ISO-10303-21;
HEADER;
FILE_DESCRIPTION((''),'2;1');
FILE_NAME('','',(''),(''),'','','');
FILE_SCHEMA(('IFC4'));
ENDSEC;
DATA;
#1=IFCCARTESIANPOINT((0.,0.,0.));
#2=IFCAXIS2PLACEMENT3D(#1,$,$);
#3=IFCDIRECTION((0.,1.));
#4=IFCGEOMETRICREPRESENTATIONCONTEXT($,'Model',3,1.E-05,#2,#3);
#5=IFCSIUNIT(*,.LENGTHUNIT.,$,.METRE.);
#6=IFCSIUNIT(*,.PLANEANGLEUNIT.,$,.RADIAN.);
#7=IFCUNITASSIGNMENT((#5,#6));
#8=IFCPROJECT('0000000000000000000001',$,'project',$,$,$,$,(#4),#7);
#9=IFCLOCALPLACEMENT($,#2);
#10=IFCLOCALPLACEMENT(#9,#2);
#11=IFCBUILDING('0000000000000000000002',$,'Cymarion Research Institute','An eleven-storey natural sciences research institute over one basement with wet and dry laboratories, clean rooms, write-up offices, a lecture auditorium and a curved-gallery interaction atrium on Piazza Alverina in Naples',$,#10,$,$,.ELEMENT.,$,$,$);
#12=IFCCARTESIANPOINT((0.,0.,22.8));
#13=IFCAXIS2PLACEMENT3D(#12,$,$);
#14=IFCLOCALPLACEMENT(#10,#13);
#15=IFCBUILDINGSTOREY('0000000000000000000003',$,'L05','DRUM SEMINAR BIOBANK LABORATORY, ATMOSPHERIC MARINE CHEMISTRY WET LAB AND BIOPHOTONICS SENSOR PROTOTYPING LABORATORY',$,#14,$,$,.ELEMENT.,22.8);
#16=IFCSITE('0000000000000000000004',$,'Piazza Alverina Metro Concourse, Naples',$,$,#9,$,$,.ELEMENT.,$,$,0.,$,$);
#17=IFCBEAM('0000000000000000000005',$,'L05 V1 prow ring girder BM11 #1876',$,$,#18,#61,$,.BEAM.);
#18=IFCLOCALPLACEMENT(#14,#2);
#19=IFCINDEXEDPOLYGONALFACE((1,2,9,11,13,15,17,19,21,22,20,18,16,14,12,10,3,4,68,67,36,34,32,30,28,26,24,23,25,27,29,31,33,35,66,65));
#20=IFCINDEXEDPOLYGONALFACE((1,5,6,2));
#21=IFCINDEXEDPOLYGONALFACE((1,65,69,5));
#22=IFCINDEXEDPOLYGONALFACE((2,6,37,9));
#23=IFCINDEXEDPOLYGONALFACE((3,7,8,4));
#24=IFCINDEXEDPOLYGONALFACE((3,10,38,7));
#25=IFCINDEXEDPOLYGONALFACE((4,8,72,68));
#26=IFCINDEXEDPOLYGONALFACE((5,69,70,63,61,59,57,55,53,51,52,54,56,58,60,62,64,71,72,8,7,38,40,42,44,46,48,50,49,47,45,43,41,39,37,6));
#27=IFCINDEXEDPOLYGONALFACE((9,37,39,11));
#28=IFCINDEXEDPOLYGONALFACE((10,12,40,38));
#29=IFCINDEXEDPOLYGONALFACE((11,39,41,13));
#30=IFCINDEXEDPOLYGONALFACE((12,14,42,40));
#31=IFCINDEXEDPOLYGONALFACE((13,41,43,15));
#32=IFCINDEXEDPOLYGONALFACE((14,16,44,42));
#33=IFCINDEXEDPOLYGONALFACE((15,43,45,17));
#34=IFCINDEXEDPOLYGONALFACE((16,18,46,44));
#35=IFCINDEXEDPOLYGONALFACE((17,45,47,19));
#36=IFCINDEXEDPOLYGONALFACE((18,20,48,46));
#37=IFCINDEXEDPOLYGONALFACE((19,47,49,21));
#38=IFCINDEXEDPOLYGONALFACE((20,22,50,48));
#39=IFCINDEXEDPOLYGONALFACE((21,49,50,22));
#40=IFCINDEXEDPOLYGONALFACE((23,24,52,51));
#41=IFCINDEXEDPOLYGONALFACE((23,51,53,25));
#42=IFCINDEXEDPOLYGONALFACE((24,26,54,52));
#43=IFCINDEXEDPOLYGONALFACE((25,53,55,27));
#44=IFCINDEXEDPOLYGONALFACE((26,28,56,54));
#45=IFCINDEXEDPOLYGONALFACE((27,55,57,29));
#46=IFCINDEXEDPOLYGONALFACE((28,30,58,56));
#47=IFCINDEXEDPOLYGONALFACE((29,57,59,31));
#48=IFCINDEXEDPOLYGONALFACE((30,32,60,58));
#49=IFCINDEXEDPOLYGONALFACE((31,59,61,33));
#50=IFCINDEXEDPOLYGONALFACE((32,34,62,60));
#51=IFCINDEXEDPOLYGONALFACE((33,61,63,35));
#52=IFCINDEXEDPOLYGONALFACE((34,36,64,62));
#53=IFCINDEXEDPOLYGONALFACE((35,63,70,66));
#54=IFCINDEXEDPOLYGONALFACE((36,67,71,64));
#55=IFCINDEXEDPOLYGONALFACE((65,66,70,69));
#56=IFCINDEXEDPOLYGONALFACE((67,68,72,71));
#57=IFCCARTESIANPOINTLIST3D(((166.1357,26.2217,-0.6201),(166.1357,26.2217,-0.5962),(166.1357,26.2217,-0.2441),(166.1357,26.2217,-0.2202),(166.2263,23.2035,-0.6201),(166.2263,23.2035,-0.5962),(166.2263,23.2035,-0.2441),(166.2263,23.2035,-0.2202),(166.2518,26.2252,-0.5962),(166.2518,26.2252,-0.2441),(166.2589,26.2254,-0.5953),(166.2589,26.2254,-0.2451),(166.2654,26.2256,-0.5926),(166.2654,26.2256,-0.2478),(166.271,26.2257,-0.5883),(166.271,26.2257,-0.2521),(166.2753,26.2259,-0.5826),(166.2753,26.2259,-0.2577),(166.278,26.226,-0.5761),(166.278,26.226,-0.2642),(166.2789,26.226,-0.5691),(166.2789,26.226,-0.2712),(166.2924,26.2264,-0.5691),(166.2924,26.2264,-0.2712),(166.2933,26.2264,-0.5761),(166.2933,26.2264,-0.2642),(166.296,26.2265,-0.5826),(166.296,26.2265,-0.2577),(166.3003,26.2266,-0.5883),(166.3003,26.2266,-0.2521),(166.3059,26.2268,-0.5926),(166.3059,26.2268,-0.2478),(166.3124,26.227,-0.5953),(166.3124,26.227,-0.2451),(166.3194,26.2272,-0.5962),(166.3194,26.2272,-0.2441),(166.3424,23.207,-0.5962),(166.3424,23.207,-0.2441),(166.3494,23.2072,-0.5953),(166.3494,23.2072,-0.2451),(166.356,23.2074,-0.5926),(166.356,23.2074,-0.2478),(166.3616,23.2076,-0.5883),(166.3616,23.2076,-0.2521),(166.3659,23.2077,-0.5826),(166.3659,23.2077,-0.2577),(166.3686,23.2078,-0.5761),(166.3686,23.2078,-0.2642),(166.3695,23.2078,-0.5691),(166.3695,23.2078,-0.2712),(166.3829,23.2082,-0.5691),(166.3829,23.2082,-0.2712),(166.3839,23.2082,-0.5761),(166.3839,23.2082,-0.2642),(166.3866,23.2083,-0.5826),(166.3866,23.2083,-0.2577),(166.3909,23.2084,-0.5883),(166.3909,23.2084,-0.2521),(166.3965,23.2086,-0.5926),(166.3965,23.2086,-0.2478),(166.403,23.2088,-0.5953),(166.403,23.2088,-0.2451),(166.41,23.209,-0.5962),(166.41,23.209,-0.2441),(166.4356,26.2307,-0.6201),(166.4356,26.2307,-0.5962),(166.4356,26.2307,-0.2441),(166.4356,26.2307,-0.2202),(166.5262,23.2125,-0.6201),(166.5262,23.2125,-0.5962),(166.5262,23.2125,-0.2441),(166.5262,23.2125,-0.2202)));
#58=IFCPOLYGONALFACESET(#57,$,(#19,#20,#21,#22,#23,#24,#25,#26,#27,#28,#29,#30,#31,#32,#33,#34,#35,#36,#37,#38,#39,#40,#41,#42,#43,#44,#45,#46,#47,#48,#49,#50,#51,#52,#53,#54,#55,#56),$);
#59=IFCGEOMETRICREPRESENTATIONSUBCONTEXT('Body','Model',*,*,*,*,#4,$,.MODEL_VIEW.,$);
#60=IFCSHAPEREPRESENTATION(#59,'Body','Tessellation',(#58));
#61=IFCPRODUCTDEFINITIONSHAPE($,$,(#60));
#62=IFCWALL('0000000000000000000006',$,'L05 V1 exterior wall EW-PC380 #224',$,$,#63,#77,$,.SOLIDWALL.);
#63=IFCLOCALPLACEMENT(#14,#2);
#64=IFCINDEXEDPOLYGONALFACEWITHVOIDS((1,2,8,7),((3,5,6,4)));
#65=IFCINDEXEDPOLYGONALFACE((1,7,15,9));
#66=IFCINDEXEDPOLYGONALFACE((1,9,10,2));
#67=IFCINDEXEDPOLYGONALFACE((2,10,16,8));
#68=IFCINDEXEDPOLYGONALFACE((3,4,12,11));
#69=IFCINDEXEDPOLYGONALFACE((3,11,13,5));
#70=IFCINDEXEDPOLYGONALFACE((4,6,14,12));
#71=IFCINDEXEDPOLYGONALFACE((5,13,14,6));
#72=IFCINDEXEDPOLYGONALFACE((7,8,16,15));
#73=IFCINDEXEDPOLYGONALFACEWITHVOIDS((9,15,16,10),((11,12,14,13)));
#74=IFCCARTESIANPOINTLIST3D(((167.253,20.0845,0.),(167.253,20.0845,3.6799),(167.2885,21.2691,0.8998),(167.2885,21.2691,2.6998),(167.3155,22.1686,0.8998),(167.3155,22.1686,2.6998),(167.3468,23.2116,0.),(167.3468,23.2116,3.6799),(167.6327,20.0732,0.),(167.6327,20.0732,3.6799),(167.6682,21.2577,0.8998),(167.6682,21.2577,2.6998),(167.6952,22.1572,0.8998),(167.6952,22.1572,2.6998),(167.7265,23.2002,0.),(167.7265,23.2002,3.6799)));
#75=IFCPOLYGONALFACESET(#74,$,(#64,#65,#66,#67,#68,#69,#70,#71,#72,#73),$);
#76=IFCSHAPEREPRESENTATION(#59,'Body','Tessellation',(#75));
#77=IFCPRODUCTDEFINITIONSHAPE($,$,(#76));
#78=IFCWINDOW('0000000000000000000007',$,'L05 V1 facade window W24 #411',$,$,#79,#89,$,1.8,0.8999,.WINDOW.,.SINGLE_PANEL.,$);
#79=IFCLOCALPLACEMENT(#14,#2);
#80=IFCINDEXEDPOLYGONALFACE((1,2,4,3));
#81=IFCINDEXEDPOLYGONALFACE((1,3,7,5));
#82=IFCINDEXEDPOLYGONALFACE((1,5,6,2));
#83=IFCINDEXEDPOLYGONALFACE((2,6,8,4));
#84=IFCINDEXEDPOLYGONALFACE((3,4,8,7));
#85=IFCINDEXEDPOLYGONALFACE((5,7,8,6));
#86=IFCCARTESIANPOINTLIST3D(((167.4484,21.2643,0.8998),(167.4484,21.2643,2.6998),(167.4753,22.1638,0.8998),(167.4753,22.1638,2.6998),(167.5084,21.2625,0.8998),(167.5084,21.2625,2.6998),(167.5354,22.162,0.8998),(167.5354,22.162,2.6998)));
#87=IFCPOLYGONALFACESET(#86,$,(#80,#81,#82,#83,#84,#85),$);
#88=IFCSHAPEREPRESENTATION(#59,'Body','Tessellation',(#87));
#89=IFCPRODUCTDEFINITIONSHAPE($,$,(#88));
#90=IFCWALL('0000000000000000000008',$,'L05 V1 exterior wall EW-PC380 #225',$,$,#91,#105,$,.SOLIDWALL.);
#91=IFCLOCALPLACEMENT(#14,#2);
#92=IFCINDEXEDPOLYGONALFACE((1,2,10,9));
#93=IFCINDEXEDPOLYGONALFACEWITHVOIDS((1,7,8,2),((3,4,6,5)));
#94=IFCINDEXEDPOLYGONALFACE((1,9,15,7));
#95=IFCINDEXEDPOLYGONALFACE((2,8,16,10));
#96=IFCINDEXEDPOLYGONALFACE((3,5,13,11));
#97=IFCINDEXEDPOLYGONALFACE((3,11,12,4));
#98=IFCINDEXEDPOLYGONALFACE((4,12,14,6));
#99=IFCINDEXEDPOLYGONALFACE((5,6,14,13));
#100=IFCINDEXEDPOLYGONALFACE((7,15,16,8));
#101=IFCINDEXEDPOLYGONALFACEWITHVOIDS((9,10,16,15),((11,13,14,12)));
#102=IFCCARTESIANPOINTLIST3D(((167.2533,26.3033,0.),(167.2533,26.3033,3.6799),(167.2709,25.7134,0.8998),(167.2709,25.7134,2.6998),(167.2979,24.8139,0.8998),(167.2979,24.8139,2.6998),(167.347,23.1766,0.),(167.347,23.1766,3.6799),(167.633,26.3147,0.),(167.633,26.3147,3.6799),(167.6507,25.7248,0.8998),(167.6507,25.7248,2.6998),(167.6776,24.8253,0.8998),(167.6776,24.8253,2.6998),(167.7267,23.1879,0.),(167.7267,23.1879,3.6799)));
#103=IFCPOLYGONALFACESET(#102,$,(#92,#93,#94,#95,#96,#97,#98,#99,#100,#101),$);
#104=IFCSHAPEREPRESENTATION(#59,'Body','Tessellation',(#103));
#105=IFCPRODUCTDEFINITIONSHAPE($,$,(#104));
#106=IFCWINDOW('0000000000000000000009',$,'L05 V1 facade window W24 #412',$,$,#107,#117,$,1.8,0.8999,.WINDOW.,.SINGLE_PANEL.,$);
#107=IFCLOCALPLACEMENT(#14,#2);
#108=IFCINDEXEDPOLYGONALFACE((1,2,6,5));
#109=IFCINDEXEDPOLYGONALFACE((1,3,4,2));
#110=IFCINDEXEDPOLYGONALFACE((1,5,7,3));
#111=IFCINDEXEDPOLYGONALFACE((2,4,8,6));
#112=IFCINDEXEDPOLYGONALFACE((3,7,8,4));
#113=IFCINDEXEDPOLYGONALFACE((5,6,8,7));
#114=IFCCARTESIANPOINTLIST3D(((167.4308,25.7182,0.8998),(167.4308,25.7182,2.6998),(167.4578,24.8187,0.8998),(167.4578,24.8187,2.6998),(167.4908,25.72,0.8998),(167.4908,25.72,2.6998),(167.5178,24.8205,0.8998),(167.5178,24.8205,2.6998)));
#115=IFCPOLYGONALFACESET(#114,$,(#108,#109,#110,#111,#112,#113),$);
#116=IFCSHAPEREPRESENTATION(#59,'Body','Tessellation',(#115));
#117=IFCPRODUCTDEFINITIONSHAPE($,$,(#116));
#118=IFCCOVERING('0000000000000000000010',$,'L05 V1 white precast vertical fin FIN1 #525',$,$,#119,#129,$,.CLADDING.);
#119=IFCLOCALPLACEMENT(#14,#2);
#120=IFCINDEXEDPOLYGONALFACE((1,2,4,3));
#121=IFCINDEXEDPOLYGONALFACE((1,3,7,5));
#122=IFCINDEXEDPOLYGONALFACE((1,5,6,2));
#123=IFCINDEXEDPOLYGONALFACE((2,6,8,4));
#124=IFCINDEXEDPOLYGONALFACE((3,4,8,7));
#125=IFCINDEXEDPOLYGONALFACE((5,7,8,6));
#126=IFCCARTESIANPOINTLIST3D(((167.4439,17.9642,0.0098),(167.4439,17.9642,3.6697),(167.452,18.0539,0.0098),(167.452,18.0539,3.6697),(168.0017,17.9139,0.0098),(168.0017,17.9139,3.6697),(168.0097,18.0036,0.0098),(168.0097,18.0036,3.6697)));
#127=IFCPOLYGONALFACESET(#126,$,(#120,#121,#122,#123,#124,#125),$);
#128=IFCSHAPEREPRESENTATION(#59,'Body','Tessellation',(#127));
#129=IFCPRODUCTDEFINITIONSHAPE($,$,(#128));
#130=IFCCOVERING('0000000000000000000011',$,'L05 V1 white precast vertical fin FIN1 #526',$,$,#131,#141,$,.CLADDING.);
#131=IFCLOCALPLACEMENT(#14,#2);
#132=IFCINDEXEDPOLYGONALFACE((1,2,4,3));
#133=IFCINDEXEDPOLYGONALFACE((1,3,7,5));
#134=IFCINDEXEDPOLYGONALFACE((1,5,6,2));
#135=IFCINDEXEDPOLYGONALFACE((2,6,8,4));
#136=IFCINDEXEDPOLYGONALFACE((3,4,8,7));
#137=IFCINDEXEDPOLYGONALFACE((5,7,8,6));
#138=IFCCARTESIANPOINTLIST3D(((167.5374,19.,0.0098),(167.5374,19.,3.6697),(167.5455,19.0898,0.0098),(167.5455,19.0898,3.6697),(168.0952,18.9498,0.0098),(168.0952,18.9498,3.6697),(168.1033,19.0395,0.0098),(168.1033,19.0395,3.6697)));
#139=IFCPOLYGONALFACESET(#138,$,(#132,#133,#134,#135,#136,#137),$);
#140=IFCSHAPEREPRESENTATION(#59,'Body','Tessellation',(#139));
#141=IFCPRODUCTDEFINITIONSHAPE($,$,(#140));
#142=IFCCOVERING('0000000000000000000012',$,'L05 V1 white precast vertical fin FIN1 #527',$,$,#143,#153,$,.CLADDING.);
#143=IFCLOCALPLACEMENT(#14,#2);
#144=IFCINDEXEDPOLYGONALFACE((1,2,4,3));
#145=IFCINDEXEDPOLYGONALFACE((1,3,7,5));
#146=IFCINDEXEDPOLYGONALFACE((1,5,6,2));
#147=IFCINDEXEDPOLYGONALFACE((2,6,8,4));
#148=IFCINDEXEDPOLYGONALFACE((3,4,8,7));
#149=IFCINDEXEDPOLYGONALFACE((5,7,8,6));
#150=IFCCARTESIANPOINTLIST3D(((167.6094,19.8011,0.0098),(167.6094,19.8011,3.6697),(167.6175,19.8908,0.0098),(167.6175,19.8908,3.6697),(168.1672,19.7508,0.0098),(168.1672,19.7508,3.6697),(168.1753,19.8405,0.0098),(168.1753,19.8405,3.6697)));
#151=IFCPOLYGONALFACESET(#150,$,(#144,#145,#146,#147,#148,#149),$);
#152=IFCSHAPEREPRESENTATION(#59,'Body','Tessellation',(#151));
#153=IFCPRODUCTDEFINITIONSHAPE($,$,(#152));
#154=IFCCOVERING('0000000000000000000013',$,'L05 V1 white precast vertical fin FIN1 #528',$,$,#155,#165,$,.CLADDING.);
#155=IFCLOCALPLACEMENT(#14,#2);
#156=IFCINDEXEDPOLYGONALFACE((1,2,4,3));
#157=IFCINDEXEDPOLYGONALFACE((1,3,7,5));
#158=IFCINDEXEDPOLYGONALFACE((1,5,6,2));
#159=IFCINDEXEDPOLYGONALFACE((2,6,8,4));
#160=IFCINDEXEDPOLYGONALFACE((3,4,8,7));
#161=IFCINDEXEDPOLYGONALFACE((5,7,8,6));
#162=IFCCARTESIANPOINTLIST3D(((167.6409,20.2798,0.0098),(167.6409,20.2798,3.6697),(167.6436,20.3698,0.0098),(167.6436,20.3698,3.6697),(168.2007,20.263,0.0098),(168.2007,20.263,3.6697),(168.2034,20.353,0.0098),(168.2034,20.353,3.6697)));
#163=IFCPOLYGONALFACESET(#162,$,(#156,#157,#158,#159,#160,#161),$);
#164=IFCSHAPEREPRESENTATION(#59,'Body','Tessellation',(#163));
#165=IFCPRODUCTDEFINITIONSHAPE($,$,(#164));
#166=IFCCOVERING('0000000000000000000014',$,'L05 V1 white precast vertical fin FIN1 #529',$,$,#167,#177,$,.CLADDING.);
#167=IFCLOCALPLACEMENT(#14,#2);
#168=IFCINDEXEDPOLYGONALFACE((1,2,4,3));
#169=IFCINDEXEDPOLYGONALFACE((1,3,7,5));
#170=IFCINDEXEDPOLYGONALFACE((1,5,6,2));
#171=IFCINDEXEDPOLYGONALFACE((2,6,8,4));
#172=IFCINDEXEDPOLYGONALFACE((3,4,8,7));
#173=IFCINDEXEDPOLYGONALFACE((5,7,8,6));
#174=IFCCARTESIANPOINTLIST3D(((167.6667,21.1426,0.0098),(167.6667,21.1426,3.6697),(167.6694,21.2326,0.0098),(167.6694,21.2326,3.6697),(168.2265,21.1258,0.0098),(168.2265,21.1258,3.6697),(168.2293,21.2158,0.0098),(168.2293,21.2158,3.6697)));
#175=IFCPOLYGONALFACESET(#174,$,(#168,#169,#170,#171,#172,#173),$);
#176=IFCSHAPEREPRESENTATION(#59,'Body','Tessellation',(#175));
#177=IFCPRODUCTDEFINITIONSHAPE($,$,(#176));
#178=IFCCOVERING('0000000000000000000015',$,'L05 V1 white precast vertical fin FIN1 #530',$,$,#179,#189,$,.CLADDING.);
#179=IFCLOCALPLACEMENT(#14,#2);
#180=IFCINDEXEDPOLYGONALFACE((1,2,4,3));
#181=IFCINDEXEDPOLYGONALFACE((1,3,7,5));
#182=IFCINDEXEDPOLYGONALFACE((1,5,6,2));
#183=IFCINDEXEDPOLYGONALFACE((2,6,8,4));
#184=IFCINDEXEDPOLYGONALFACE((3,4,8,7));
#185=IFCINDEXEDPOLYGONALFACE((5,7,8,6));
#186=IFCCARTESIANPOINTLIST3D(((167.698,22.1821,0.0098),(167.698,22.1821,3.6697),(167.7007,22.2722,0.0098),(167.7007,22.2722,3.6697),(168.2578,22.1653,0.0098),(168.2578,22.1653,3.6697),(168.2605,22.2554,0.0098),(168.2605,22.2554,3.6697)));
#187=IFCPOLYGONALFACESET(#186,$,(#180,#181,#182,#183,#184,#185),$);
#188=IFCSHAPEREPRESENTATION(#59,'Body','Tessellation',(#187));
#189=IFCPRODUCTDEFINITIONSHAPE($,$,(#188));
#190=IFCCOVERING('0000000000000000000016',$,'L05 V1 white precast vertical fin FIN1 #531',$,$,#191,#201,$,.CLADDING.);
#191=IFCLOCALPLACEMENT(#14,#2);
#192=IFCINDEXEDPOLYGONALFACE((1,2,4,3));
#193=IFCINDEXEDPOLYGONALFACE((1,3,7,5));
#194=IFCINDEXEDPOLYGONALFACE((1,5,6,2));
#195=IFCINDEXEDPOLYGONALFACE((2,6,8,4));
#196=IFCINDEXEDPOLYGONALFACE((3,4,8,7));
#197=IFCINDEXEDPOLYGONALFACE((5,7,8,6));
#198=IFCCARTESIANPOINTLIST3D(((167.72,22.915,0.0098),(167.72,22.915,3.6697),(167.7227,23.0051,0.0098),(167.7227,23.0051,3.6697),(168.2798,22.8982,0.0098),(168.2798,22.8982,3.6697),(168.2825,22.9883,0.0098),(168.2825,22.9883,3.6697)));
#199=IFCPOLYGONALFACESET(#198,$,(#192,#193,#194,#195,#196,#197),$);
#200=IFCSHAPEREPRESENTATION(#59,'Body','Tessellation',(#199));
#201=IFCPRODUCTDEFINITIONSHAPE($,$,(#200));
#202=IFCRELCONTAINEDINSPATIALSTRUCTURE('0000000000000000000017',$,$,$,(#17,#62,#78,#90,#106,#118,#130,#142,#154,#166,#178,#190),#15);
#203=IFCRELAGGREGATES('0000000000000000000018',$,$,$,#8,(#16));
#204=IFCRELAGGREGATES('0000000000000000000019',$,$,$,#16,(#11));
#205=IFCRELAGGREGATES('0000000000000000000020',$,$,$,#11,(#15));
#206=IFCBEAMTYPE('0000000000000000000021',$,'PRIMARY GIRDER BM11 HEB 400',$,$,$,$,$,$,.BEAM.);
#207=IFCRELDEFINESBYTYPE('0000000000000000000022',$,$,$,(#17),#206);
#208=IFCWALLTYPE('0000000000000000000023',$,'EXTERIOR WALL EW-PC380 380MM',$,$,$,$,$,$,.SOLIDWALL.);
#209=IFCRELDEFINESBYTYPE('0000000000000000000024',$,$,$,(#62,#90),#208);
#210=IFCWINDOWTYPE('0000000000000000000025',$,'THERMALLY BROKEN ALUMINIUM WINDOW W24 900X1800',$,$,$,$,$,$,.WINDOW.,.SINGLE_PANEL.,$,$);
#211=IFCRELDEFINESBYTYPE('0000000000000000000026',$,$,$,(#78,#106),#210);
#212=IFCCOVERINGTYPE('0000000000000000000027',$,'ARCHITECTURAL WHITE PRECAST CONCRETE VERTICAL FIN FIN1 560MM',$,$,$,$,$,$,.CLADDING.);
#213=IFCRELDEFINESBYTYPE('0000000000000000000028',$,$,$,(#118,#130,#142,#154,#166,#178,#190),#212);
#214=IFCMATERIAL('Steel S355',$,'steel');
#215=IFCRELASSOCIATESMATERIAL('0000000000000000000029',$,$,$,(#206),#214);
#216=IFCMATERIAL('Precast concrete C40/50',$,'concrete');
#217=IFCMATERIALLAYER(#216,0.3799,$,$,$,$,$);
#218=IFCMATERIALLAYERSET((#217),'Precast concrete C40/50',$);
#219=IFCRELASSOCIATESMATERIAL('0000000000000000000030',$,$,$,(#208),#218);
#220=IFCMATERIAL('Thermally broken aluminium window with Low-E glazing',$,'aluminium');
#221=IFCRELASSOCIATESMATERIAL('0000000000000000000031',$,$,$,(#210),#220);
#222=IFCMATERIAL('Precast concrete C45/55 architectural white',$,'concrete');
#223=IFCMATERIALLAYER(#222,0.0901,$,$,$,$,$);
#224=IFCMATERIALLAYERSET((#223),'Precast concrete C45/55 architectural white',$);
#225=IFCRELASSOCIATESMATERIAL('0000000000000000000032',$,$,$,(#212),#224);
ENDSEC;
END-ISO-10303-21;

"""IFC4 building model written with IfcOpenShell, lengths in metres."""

from ifc_helpers import new_model, si_unit, direction, frame, frame_2d, origin, origin_2d, place, context, subcontext, project, spatial, rectangle, i_section, extrude, material, layer, layer_set, material_profile, profile_set, type_object, element, fill, save


model = new_model("IFC4")

# Units and contexts
model_context = context("Model", 3, precision=1e-05, world=origin(), true_north=direction((0.0, 1.0)))
body_context = subcontext(model_context, "Body", "Model", "MODEL_VIEW")
ifc_project = project(units=[si_unit("LENGTHUNIT", "METRE"), si_unit("PLANEANGLEUNIT", "RADIAN")], contexts=[model_context])

# Site, building, storey
site_placement = place(None, origin())
site = spatial("IfcSite", under=ifc_project, at=site_placement, Name="Piazza Alverina Metro Concourse, Naples", CompositionType="ELEMENT", RefElevation=0.0)
building_placement = place(site_placement, origin())
building = spatial("IfcBuilding", under=site, at=building_placement, Name="Cymarion Research Institute", Description="An eleven-storey natural sciences research institute over one basement with wet and dry laboratories, clean rooms, write-up offices, a lecture auditorium and a curved-gallery interaction atrium on Piazza Alverina in Naples", CompositionType="ELEMENT")
storey_placement = place(building_placement, frame((0.0, 0.0, 22.8)))
storey = spatial("IfcBuildingStorey", under=building, at=storey_placement, Name="L05", Description="DRUM SEMINAR BIOBANK LABORATORY, ATMOSPHERIC MARINE CHEMISTRY WET LAB AND BIOPHOTONICS SENSOR PROTOTYPING LABORATORY", CompositionType="ELEMENT", Elevation=22.8)

# Shared definitions
ifc_material_1 = material(Name="Steel S355", Category="steel")

# Beam
ifc_material_profile_1 = material_profile(ifc_material_1, i_section(OverallWidth=0.3, OverallDepth=0.3999, WebThickness=0.0134, FlangeThickness=0.0239, FilletRadius=0.0271, at=origin_2d()), Name="HEB 400")
ifc_profile_set_1 = profile_set([ifc_material_profile_1], Name="Steel S355")
beam_type = type_object("IfcBeamType", Name="PRIMARY GIRDER BM11 HEB 400", PredefinedType="BEAM", material=ifc_profile_set_1)
beam_1_placement = place(storey_placement, frame((166.3762, 23.208, -0.4202), z_axis=(-0.029998, 0.99955, 0.0), x_axis=(-0.99955, -0.029998, 0.0)))
element("IfcBeam", 1, at=beam_1_placement, inside=storey, type_object=beam_type, Name="L05 V1 prow ring girder BM11 #1876", PredefinedType="BEAM", context=body_context, shape_type="SweptSolid", body=[
    extrude(i_section(OverallWidth=0.3, OverallDepth=0.3999, WebThickness=0.0134, FlangeThickness=0.0239, FilletRadius=0.0271, at=origin_2d()), origin(), (0.0, 0.0, 1.0), 3.0195),
])

# Walls, openings, windows
ifc_material_2 = material(Name="Precast concrete C40/50", Category="concrete")
ifc_layer_1 = layer(ifc_material_2, 0.3799)
ifc_layer_set_1 = layer_set([ifc_layer_1], Name="Precast concrete C40/50")
wall_type = type_object("IfcWallType", Name="EXTERIOR WALL EW-PC380 380MM", PredefinedType="SOLIDWALL", material=ifc_layer_set_1)
wall_1_placement = place(storey_placement, frame((167.4429, 20.0789, 0.0), z_axis=(0.0, 0.0, 1.0), x_axis=(0.029968, 0.999551, 0.0)))
wall_1 = element("IfcWall", 2, at=wall_1_placement, inside=storey, type_object=wall_type, Name="L05 V1 exterior wall EW-PC380 #224", PredefinedType="SOLIDWALL", context=body_context, shape_type="SweptSolid", body=[
    extrude(rectangle(XDim=3.1284, YDim=0.3799, at=frame_2d((1.5642, 0.0))), origin(), (0.0, 0.0, 1.0), 3.6799),
])
opening_1_placement = place(wall_1_placement, frame((1.1851, 0.0, 0.8999)))
opening_1 = element("IfcOpeningElement", 3, at=opening_1_placement, cuts=wall_1, PredefinedType="OPENING", context=body_context, shape_type="SweptSolid", body=[
    extrude(rectangle(XDim=0.8999, YDim=1.8, at=frame_2d((0.45, 0.8999))), frame((0.0, 0.2, 0.0), z_axis=(0.0, -1.0, 0.0), x_axis=(1.0, 0.0, 0.0)), (0.0, 0.0, 1.0), 0.3999),
])
ifc_material_3 = material(Name="Thermally broken aluminium window with Low-E glazing", Category="aluminium")
window_type = type_object("IfcWindowType", Name="THERMALLY BROKEN ALUMINIUM WINDOW W24 900X1800", PartitioningType="SINGLE_PANEL", PredefinedType="WINDOW", material=ifc_material_3)
window_1_placement = place(opening_1_placement, origin())
window_1 = element("IfcWindow", 4, at=window_1_placement, inside=storey, type_object=window_type, Name="L05 V1 facade window W24 #411", OverallHeight=1.8, OverallWidth=0.8999, PartitioningType="SINGLE_PANEL", PredefinedType="WINDOW", context=body_context, shape_type="SweptSolid", body=[
    extrude(rectangle(XDim=0.8999, YDim=1.8, at=frame_2d((0.45, 0.8999))), frame((0.0, 0.03, 0.0), z_axis=(0.0, -1.0, 0.0), x_axis=(1.0, 0.0, 0.0)), (0.0, 0.0, 1.0), 0.0601),
])
fill(opening_1, window_1)
wall_2_placement = place(storey_placement, frame((167.5369, 23.1824, 0.0), z_axis=(0.0, 0.0, 1.0), x_axis=(-0.02997, 0.999551, 0.0)))
wall_2 = element("IfcWall", 5, at=wall_2_placement, inside=storey, type_object=wall_type, Name="L05 V1 exterior wall EW-PC380 #225", PredefinedType="SOLIDWALL", context=body_context, shape_type="SweptSolid", body=[
    extrude(rectangle(XDim=3.1282, YDim=0.3799, at=frame_2d((1.564, 0.0))), origin(), (0.0, 0.0, 1.0), 3.6799),
])
opening_2_placement = place(wall_2_placement, frame((1.6379, 0.0, 0.8999)))
opening_2 = element("IfcOpeningElement", 6, at=opening_2_placement, cuts=wall_2, PredefinedType="OPENING", context=body_context, shape_type="SweptSolid", body=[
    extrude(rectangle(XDim=0.8999, YDim=1.8, at=frame_2d((0.45, 0.8999))), frame((0.0, 0.2, 0.0), z_axis=(0.0, -1.0, 0.0), x_axis=(1.0, 0.0, 0.0)), (0.0, 0.0, 1.0), 0.3999),
])
window_2_placement = place(opening_2_placement, origin())
window_2 = element("IfcWindow", 7, at=window_2_placement, inside=storey, type_object=window_type, Name="L05 V1 facade window W24 #412", OverallHeight=1.8, OverallWidth=0.8999, PartitioningType="SINGLE_PANEL", PredefinedType="WINDOW", context=body_context, shape_type="SweptSolid", body=[
    extrude(rectangle(XDim=0.8999, YDim=1.8, at=frame_2d((0.45, 0.8999))), frame((0.0, 0.03, 0.0), z_axis=(0.0, -1.0, 0.0), x_axis=(1.0, 0.0, 0.0)), (0.0, 0.0, 1.0), 0.0601),
])
fill(opening_2, window_2)

# Coverings
ifc_material_4 = material(Name="Precast concrete C45/55 architectural white", Category="concrete")
ifc_layer_2 = layer(ifc_material_4, 0.0901)
ifc_layer_set_2 = layer_set([ifc_layer_2], Name="Precast concrete C45/55 architectural white")
covering_type = type_object("IfcCoveringType", Name="ARCHITECTURAL WHITE PRECAST CONCRETE VERTICAL FIN FIN1 560MM", PredefinedType="CLADDING", material=ifc_layer_set_2)
for number, where, z_axis, x_axis, name in (
    (8, (167.7268, 17.9839, 0.0098), (0.0, 0.0, 1.0), (0.995963, -0.089763, 0.0), "L05 V1 white precast vertical fin FIN1 #525"),
    (9, (167.8203, 19.0198, 0.0098), (0.0, 0.0, 1.0), (0.995963, -0.089763, 0.0), "L05 V1 white precast vertical fin FIN1 #526"),
    (10, (167.8923, 19.8208, 0.0098), (0.0, 0.0, 1.0), (0.995963, -0.089763, 0.0), "L05 V1 white precast vertical fin FIN1 #527"),
    (11, (167.9221, 20.3164, 0.0098), (0.0, 0.0, 1.0), (0.999549, -0.030015, 0.0), "L05 V1 white precast vertical fin FIN1 #528"),
    (12, (167.948, 21.1792, 0.0098), (0.0, 0.0, 1.0), (0.999549, -0.030015, 0.0), "L05 V1 white precast vertical fin FIN1 #529"),
    (13, (167.9792, 22.2188, 0.0098), (0.0, 0.0, 1.0), (0.999549, -0.030015, 0.0), "L05 V1 white precast vertical fin FIN1 #530"),
    (14, (168.0012, 22.9517, 0.0098), (0.0, 0.0, 1.0), (0.999549, -0.030015, 0.0), "L05 V1 white precast vertical fin FIN1 #531"),
):
    element("IfcCovering", number, at=place(storey_placement, frame(where, z_axis=z_axis, x_axis=x_axis)), inside=storey, type_object=covering_type, Name=name, PredefinedType="CLADDING", context=body_context, shape_type="SweptSolid", body=[
        extrude(rectangle(XDim=0.5601, YDim=0.0901, at=origin_2d()), origin(), (0.0, 0.0, 1.0), 3.6599),
    ])

save(model, "model.ifc")
